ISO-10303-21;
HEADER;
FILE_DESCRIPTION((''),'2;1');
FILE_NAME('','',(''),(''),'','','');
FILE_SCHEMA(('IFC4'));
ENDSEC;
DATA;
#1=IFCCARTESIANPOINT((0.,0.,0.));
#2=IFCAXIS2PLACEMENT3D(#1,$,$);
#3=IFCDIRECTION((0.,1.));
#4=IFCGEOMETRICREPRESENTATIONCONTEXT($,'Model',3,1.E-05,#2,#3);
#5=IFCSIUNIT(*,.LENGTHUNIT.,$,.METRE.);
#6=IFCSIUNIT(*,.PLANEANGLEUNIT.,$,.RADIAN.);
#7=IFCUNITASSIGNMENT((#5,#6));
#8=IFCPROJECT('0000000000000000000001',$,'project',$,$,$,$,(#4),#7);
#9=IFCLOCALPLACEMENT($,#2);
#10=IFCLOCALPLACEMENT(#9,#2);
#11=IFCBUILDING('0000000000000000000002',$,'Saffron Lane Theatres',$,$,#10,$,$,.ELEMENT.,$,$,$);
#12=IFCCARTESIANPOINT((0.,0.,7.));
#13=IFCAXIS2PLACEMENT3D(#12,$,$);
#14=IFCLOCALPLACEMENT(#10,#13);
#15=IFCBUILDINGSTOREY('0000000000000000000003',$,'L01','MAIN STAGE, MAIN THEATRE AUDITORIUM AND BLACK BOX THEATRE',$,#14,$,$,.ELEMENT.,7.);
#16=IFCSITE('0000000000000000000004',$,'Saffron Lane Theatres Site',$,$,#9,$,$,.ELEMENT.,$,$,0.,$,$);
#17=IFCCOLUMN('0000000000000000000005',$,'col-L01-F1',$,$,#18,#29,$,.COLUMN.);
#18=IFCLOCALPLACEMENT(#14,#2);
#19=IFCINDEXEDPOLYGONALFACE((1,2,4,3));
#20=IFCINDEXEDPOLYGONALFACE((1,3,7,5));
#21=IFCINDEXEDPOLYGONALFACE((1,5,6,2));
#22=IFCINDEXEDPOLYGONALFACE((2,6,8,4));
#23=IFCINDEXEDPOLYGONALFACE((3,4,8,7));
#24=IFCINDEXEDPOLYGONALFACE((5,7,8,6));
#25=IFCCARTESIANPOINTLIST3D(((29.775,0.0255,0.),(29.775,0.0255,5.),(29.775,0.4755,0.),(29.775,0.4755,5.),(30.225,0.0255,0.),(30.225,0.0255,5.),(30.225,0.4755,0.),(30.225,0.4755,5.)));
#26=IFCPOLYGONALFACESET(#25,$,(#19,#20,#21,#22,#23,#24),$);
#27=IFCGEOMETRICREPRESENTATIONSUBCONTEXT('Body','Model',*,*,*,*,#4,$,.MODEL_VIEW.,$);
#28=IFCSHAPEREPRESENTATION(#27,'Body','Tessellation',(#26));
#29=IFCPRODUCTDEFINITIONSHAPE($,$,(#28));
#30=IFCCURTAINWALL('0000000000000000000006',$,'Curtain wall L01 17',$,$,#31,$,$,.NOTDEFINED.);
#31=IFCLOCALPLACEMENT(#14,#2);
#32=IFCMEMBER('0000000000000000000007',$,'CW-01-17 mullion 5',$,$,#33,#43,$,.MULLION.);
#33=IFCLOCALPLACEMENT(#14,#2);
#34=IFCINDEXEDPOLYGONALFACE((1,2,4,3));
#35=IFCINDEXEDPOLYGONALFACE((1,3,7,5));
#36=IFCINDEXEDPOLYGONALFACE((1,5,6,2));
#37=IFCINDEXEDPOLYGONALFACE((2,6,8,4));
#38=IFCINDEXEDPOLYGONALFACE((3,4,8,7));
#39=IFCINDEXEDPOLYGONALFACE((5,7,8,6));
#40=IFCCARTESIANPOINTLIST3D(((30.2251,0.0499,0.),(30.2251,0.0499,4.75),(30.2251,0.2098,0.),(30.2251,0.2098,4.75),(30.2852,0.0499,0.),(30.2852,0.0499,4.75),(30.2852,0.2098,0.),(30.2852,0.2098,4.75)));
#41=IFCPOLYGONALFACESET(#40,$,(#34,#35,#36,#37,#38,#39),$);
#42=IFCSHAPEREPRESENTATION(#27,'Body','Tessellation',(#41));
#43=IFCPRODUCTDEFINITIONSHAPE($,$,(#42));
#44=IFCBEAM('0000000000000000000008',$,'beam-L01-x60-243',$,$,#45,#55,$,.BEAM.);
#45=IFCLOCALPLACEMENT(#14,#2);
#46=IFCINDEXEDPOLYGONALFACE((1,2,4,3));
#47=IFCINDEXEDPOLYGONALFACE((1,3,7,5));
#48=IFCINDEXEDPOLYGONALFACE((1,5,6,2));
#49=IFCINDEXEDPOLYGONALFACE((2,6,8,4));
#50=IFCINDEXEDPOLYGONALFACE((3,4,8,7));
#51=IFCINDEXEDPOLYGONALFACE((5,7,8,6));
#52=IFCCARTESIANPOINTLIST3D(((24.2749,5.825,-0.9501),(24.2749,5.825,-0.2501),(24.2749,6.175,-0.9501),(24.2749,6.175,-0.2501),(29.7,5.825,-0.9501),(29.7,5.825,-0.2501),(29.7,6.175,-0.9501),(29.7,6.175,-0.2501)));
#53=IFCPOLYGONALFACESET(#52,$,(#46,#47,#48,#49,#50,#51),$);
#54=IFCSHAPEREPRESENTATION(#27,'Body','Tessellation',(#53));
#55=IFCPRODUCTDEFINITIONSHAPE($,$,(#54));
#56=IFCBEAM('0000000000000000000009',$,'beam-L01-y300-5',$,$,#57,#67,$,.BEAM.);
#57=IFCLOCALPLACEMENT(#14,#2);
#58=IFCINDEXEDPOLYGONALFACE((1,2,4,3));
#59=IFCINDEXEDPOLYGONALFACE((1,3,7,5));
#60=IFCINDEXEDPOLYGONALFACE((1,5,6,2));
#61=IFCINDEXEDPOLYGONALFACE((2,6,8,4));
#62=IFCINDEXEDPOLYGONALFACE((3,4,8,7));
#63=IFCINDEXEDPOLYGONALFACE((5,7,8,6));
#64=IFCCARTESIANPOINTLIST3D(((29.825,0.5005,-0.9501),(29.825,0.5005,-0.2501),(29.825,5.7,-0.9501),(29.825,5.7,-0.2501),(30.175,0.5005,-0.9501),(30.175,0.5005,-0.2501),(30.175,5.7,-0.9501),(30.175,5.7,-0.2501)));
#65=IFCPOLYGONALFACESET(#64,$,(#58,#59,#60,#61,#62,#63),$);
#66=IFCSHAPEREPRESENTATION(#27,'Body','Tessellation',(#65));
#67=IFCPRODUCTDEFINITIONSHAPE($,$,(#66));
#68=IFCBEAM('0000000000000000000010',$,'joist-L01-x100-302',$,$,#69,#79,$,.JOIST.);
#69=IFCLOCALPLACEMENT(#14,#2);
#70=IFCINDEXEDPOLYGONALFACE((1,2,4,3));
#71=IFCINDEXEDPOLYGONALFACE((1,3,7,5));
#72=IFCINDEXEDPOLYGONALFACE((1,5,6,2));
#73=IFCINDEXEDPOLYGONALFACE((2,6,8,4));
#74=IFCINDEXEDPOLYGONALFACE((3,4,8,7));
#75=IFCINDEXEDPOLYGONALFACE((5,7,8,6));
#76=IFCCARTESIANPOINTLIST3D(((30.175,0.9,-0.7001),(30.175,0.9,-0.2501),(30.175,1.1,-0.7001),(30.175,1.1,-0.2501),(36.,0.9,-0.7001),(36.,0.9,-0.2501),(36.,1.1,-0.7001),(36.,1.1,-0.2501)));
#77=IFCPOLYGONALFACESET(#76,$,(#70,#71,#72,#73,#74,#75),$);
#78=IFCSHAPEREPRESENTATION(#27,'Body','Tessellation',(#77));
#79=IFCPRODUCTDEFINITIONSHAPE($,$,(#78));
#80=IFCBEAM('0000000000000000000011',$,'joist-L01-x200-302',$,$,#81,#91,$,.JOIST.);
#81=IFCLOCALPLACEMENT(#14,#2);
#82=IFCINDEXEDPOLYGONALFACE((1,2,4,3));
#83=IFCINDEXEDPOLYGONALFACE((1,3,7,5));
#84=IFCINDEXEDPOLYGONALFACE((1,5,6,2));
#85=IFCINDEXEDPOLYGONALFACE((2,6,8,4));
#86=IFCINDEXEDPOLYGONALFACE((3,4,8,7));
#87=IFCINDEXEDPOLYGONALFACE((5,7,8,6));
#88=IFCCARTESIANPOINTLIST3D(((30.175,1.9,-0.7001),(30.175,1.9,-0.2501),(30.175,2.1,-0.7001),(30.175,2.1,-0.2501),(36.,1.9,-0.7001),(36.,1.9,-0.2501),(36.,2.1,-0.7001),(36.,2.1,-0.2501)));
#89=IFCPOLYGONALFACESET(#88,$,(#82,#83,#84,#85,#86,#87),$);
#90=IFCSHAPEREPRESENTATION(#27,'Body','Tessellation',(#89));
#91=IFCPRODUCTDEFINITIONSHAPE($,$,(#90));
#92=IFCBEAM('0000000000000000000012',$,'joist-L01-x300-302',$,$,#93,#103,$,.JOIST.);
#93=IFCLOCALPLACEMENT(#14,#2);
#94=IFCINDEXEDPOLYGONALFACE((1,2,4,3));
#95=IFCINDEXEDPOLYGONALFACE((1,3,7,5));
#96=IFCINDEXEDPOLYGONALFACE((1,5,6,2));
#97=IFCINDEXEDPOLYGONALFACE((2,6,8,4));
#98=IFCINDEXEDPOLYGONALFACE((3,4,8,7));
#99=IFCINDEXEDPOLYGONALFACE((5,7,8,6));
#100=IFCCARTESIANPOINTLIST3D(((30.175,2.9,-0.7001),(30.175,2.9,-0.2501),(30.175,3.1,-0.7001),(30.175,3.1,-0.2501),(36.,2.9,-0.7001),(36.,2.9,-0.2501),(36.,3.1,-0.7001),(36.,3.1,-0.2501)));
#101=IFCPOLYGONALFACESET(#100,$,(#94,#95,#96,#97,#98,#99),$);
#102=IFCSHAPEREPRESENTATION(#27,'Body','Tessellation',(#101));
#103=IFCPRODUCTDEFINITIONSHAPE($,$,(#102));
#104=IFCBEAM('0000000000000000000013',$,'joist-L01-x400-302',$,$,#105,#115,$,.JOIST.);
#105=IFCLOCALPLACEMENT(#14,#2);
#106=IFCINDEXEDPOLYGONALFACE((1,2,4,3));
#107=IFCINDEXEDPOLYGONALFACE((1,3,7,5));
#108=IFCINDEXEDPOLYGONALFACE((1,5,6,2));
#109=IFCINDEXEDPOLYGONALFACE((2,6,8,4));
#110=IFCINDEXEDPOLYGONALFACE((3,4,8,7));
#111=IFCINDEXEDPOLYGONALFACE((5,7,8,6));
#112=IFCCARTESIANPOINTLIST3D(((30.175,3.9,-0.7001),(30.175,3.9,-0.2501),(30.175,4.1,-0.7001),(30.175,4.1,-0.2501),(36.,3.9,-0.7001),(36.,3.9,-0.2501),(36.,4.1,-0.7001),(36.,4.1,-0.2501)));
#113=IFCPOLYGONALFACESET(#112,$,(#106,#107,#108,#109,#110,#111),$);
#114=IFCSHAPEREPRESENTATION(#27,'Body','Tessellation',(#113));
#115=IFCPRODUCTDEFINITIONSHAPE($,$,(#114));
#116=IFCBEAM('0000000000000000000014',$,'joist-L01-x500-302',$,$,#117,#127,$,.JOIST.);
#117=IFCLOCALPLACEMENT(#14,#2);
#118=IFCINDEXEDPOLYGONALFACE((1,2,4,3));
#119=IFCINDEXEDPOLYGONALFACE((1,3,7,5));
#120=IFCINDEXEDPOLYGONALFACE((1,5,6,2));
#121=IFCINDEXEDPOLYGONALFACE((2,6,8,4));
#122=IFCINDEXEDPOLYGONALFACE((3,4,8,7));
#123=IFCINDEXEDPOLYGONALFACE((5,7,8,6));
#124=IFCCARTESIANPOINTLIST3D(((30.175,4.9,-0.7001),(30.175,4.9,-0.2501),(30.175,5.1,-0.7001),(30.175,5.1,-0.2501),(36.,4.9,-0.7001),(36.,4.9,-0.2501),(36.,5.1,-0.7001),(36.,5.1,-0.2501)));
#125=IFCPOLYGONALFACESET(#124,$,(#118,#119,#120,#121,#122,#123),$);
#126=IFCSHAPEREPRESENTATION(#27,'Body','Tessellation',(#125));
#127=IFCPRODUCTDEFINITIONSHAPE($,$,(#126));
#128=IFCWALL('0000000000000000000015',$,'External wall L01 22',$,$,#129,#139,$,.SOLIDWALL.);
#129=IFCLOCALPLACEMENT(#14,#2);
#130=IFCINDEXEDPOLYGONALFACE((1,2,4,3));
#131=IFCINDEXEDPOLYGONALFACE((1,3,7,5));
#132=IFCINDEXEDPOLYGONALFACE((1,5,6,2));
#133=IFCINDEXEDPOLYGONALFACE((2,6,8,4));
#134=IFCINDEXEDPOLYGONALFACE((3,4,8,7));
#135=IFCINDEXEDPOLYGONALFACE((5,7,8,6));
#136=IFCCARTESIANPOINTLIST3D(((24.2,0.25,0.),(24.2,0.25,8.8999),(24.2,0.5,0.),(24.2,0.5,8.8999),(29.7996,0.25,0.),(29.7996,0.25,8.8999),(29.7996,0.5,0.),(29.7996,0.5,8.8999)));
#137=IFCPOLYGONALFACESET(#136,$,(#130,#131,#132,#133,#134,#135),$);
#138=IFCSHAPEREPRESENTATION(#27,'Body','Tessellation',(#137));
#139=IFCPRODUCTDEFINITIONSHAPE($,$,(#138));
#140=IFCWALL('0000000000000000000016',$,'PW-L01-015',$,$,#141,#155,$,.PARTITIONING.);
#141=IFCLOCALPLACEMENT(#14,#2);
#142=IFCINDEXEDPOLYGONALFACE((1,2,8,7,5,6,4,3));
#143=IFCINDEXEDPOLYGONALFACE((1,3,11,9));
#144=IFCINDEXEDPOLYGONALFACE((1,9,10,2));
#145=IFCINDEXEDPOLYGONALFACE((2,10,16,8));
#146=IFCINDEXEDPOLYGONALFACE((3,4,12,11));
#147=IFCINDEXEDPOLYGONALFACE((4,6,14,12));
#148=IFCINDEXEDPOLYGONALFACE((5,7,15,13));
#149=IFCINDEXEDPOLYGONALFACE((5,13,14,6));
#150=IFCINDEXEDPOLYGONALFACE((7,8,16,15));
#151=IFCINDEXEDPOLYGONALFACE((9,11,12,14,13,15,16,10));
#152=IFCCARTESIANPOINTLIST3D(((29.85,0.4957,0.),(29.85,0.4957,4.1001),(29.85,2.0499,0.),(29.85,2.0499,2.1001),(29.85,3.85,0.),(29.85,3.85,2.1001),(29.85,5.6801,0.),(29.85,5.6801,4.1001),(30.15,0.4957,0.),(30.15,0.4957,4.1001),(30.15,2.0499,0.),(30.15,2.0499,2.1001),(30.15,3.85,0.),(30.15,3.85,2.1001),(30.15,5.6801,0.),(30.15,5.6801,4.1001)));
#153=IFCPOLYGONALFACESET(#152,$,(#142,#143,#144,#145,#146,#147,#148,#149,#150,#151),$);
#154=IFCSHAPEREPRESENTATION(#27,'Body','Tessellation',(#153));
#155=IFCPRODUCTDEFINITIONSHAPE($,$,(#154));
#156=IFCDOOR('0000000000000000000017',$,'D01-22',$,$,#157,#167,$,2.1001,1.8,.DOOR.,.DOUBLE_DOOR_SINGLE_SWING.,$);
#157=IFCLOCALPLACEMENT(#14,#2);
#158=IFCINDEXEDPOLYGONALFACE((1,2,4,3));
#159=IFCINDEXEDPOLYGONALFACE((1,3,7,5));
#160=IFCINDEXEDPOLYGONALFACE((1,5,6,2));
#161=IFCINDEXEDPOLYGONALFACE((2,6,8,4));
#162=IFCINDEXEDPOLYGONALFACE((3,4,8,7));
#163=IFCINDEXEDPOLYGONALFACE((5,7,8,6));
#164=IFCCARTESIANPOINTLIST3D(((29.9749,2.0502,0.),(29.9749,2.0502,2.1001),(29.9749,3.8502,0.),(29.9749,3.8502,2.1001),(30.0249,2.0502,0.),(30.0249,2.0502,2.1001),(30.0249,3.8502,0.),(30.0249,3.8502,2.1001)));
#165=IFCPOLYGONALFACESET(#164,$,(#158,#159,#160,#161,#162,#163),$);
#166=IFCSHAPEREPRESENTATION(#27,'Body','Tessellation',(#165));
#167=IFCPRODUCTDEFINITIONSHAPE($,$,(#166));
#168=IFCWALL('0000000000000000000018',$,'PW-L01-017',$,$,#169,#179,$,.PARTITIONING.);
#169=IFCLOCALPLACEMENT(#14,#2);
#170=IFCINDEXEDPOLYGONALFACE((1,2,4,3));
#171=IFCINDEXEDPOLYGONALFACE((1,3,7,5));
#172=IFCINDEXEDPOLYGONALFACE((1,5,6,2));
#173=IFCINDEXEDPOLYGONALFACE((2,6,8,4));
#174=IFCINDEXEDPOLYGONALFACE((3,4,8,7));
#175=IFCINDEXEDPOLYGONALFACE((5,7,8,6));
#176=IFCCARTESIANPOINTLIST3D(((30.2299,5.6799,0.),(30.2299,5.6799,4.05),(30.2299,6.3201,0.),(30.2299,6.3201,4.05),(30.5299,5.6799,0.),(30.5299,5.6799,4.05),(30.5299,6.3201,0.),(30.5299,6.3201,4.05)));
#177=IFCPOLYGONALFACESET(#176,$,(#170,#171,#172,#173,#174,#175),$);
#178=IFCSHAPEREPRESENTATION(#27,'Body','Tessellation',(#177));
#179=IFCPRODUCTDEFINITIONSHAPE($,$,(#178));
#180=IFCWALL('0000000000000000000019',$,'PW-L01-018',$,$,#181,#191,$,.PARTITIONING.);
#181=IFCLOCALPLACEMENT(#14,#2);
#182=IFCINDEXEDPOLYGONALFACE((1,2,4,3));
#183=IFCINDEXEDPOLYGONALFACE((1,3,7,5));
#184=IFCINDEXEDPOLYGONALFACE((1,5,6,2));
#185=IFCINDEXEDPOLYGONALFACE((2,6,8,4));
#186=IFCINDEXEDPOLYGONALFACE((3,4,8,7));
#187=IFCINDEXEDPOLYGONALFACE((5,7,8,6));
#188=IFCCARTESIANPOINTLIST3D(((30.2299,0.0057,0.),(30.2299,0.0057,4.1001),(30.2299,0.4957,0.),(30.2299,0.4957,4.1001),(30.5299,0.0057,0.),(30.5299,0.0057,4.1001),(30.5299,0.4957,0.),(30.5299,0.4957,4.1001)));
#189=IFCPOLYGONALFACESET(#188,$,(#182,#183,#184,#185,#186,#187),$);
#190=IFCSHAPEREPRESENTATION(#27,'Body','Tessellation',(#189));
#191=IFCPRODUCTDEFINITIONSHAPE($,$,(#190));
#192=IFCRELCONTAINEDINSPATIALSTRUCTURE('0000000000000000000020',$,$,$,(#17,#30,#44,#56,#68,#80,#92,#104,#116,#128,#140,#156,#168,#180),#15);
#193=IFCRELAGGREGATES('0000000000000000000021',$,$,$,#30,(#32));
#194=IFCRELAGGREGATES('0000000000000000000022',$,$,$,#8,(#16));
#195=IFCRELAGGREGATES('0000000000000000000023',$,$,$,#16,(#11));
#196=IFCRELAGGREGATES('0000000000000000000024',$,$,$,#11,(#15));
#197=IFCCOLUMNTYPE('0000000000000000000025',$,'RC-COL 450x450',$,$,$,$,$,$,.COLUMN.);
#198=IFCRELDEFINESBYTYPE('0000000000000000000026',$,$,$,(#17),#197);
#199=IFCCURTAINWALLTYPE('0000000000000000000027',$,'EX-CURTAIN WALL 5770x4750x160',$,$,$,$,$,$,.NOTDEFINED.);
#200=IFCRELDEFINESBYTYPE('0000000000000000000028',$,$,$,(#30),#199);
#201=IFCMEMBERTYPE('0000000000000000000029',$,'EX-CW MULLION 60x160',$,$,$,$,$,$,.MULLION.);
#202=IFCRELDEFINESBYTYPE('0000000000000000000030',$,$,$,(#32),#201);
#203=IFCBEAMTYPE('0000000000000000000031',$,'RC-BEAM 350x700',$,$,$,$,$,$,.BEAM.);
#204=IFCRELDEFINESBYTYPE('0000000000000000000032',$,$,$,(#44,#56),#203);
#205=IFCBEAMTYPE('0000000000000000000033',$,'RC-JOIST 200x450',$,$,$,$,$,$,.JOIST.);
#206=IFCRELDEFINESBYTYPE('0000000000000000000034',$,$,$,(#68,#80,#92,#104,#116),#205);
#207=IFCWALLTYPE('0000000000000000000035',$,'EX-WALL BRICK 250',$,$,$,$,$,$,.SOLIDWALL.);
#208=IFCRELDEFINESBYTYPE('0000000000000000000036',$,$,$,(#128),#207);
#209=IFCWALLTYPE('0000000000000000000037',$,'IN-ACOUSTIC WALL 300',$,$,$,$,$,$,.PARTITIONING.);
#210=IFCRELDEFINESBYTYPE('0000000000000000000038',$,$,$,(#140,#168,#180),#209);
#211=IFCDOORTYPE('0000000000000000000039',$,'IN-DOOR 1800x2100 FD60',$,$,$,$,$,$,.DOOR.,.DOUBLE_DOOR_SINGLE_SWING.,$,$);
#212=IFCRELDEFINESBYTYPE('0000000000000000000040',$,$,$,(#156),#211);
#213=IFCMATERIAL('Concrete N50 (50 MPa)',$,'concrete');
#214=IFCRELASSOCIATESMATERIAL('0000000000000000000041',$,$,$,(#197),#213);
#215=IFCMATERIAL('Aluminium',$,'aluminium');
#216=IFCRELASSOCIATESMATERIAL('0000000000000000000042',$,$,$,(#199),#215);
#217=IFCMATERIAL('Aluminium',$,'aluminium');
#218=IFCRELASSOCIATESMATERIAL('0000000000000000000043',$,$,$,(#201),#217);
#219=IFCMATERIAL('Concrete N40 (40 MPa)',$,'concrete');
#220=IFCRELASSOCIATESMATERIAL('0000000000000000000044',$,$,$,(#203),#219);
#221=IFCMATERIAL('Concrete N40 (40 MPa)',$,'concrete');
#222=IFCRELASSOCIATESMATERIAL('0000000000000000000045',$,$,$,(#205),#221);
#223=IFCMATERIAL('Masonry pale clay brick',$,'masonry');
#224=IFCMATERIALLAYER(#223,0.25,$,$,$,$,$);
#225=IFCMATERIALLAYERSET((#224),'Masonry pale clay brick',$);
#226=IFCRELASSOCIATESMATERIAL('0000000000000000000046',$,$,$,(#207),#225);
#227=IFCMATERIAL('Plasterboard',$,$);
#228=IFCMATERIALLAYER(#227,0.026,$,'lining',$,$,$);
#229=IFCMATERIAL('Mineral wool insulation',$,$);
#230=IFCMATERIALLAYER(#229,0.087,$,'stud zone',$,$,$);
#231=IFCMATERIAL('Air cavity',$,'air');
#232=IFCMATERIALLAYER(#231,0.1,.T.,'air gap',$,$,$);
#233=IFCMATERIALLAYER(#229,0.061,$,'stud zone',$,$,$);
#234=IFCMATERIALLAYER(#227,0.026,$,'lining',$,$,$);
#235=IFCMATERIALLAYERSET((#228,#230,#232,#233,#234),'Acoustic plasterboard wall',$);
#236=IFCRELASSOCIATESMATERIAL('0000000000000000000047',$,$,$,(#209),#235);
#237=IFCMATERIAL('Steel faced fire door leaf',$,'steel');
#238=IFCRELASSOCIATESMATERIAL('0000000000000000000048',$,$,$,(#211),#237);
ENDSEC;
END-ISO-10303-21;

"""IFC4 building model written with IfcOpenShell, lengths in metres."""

from ifc_helpers import new_model, si_unit, direction, frame, frame_2d, origin, origin_2d, place, context, subcontext, project, spatial, rectangle, extrude, material, layer, layer_set, material_profile, profile_set, type_object, element, fill, aggregate, save


model = new_model("IFC4")

# Units and contexts
model_context = context("Model", 3, precision=1e-05, world=origin(), true_north=direction((0.0, 1.0)))
body_context = subcontext(model_context, "Body", "Model", "MODEL_VIEW")
ifc_project = project(units=[si_unit("LENGTHUNIT", "METRE"), si_unit("PLANEANGLEUNIT", "RADIAN")], contexts=[model_context])

# Site, building, storey
site_placement = place(None, origin())
site = spatial("IfcSite", under=ifc_project, at=site_placement, Name="Saffron Lane Theatres Site", CompositionType="ELEMENT", RefElevation=0.0)
building_placement = place(site_placement, origin())
building = spatial("IfcBuilding", under=site, at=building_placement, Name="Saffron Lane Theatres", CompositionType="ELEMENT")
storey_placement = place(building_placement, frame((0.0, 0.0, 7.0)))
storey = spatial("IfcBuildingStorey", under=building, at=storey_placement, Name="L01", Description="MAIN STAGE, MAIN THEATRE AUDITORIUM AND BLACK BOX THEATRE", CompositionType="ELEMENT", Elevation=7.0)

# Column
ifc_material_1 = material(Name="Concrete N50 (50 MPa)", Category="concrete")
ifc_material_profile_1 = material_profile(ifc_material_1, rectangle(XDim=0.45, YDim=0.45, at=origin_2d()))
ifc_profile_set_1 = profile_set([ifc_material_profile_1], Name="Concrete N50 (50 MPa)")
column_type = type_object("IfcColumnType", Name="RC-COL 450x450", PredefinedType="COLUMN", material=ifc_profile_set_1)
column_placement = place(storey_placement, frame((30.0, 0.2505, 0.0), z_axis=(0.0, 0.0, 1.0), x_axis=(1.0, 0.0, 0.0)))
element("IfcColumn", 1, at=column_placement, inside=storey, type_object=column_type, Name="col-L01-F1", PredefinedType="COLUMN", context=body_context, shape_type="SweptSolid", body=[
    extrude(rectangle(XDim=0.45, YDim=0.45, at=origin_2d()), origin(), (0.0, 0.0, 1.0), 5.0),
])

# Curtain wall, member
ifc_material_2 = material(Name="Aluminium", Category="aluminium")
curtain_wall_type = type_object("IfcCurtainWallType", Name="EX-CURTAIN WALL 5770x4750x160", PredefinedType="NOTDEFINED", material=ifc_material_2)
curtain_wall_placement = place(storey_placement, origin())
curtain_wall = element("IfcCurtainWall", 2, at=curtain_wall_placement, inside=storey, type_object=curtain_wall_type, Name="Curtain wall L01 17", PredefinedType="NOTDEFINED")
ifc_material_3 = material(Name="Aluminium", Category="aluminium")
ifc_material_profile_2 = material_profile(ifc_material_3, rectangle(XDim=0.0601, YDim=0.1599, at=origin_2d()))
ifc_profile_set_2 = profile_set([ifc_material_profile_2], Name="Aluminium")
member_type = type_object("IfcMemberType", Name="EX-CW MULLION 60x160", PredefinedType="MULLION", material=ifc_profile_set_2)
member_placement = place(storey_placement, frame((30.2551, 0.1299, 0.0), z_axis=(0.0, 0.0, 1.0), x_axis=(-1.0, 0.0, 0.0)))
member = element("IfcMember", 3, at=member_placement, type_object=member_type, Name="CW-01-17 mullion 5", PredefinedType="MULLION", context=body_context, shape_type="SweptSolid", body=[
    extrude(rectangle(XDim=0.0601, YDim=0.1599, at=origin_2d()), origin(), (0.0, 0.0, 1.0), 4.75),
])
aggregate(curtain_wall, [member])

# Beams
ifc_material_4 = material(Name="Concrete N40 (40 MPa)", Category="concrete")
ifc_material_profile_3 = material_profile(ifc_material_4, rectangle(XDim=0.3501, YDim=0.7, at=origin_2d()))
ifc_profile_set_3 = profile_set([ifc_material_profile_3], Name="Concrete N40 (40 MPa)")
beam_type_1 = type_object("IfcBeamType", Name="RC-BEAM 350x700", PredefinedType="BEAM", material=ifc_profile_set_3)
beam_1_placement = place(storey_placement, frame((24.2749, 6.0, -0.6001), z_axis=(1.0, 0.0, 0.0), x_axis=(0.0, 1.0, 0.0)))
element("IfcBeam", 4, at=beam_1_placement, inside=storey, type_object=beam_type_1, Name="beam-L01-x60-243", PredefinedType="BEAM", context=body_context, shape_type="SweptSolid", body=[
    extrude(rectangle(XDim=0.3501, YDim=0.7, at=origin_2d()), origin(), (0.0, 0.0, 1.0), 5.425),
])
beam_2_placement = place(storey_placement, frame((30.0, 0.5005, -0.6001), z_axis=(0.0, 1.0, 0.0), x_axis=(-1.0, 0.0, 0.0)))
element("IfcBeam", 5, at=beam_2_placement, inside=storey, type_object=beam_type_1, Name="beam-L01-y300-5", PredefinedType="BEAM", context=body_context, shape_type="SweptSolid", body=[
    extrude(rectangle(XDim=0.3501, YDim=0.7, at=origin_2d()), origin(), (0.0, 0.0, 1.0), 5.1995),
])
ifc_material_5 = material(Name="Concrete N40 (40 MPa)", Category="concrete")
ifc_material_profile_4 = material_profile(ifc_material_5, rectangle(XDim=0.2, YDim=0.45, at=origin_2d()))
ifc_profile_set_4 = profile_set([ifc_material_profile_4], Name="Concrete N40 (40 MPa)")
beam_type_2 = type_object("IfcBeamType", Name="RC-JOIST 200x450", PredefinedType="JOIST", material=ifc_profile_set_4)
for number, where, z_axis, x_axis, name in (
    (6, (30.175, 1.0, -0.4751), (1.0, 0.0, 0.0), (0.0, 1.0, 0.0), "joist-L01-x100-302"),
    (7, (30.175, 2.0, -0.4751), (1.0, 0.0, 0.0), (0.0, 1.0, 0.0), "joist-L01-x200-302"),
    (8, (30.175, 3.0, -0.4751), (1.0, 0.0, 0.0), (0.0, 1.0, 0.0), "joist-L01-x300-302"),
    (9, (30.175, 4.0, -0.4751), (1.0, 0.0, 0.0), (0.0, 1.0, 0.0), "joist-L01-x400-302"),
    (10, (30.175, 5.0, -0.4751), (1.0, 0.0, 0.0), (0.0, 1.0, 0.0), "joist-L01-x500-302"),
):
    element("IfcBeam", number, at=place(storey_placement, frame(where, z_axis=z_axis, x_axis=x_axis)), inside=storey, type_object=beam_type_2, Name=name, PredefinedType="JOIST", context=body_context, shape_type="SweptSolid", body=[
        extrude(rectangle(XDim=0.2, YDim=0.45, at=origin_2d()), origin(), (0.0, 0.0, 1.0), 5.825),
    ])

# Wall
ifc_material_6 = material(Name="Masonry pale clay brick", Category="masonry")
ifc_layer_1 = layer(ifc_material_6, 0.25)
ifc_layer_set_1 = layer_set([ifc_layer_1], Name="Masonry pale clay brick")
wall_type_1 = type_object("IfcWallType", Name="EX-WALL BRICK 250", PredefinedType="SOLIDWALL", material=ifc_layer_set_1)
wall_1_placement = place(storey_placement, frame((29.7996, 0.375, 0.0), z_axis=(0.0, 0.0, 1.0), x_axis=(-1.0, 0.0, 0.0)))
element("IfcWall", 11, at=wall_1_placement, inside=storey, type_object=wall_type_1, Name="External wall L01 22", PredefinedType="SOLIDWALL", context=body_context, shape_type="SweptSolid", body=[
    extrude(rectangle(XDim=5.5996, YDim=0.25, at=frame_2d((2.7998, 0.0))), origin(), (0.0, 0.0, 1.0), 8.8999),
])

# Wall, opening, door
ifc_material_7 = material(Name="Plasterboard")
ifc_layer_2 = layer(ifc_material_7, 0.026, Name="lining")
ifc_material_8 = material(Name="Mineral wool insulation")
ifc_layer_3 = layer(ifc_material_8, 0.087, Name="stud zone")
ifc_material_9 = material(Name="Air cavity", Category="air")
ifc_layer_4 = layer(ifc_material_9, 0.1, ventilated=True, Name="air gap")
ifc_layer_5 = layer(ifc_material_8, 0.061, Name="stud zone")
ifc_layer_6 = layer(ifc_material_7, 0.026, Name="lining")
ifc_layer_set_2 = layer_set([ifc_layer_2, ifc_layer_3, ifc_layer_4, ifc_layer_5, ifc_layer_6], Name="Acoustic plasterboard wall")
wall_type_2 = type_object("IfcWallType", Name="IN-ACOUSTIC WALL 300", PredefinedType="PARTITIONING", material=ifc_layer_set_2)
wall_2_placement = place(storey_placement, frame((30.0, 0.4956, 0.0), z_axis=(0.0, 0.0, 1.0), x_axis=(0.0, 1.0, 0.0)))
wall_2 = element("IfcWall", 12, at=wall_2_placement, inside=storey, type_object=wall_type_2, Name="PW-L01-015", PredefinedType="PARTITIONING", context=body_context, shape_type="SweptSolid", body=[
    extrude(rectangle(XDim=5.1843, YDim=0.3, at=frame_2d((2.5923, 0.0))), origin(), (0.0, 0.0, 1.0), 4.1001),
])
opening_placement = place(wall_2_placement, frame((1.5544, 0.0, 0.0)))
opening = element("IfcOpeningElement", 13, at=opening_placement, cuts=wall_2, PredefinedType="OPENING", context=body_context, shape_type="SweptSolid", body=[
    extrude(rectangle(XDim=1.8, YDim=2.1001, at=frame_2d((0.8999, 1.05))), frame((0.0, 0.1602, 0.0), z_axis=(0.0, -1.0, 0.0), x_axis=(1.0, 0.0, 0.0)), (0.0, 0.0, 1.0), 0.3201),
])
ifc_material_10 = material(Name="Steel faced fire door leaf", Category="steel")
door_type = type_object("IfcDoorType", Name="IN-DOOR 1800x2100 FD60", OperationType="DOUBLE_DOOR_SINGLE_SWING", PredefinedType="DOOR", material=ifc_material_10)
door_placement = place(opening_placement, frame((1.8, 0.0, 0.0), z_axis=(0.0, 0.0, 1.0), x_axis=(-1.0, 0.0, 0.0)))
door = element("IfcDoor", 14, at=door_placement, inside=storey, type_object=door_type, Name="D01-22", OperationType="DOUBLE_DOOR_SINGLE_SWING", OverallHeight=2.1001, OverallWidth=1.8, PredefinedType="DOOR", context=body_context, shape_type="SweptSolid", body=[
    extrude(rectangle(XDim=1.8, YDim=2.1001, at=frame_2d((0.8999, 1.05))), frame((0.0, 0.0249, 0.0), z_axis=(0.0, -1.0, 0.0), x_axis=(1.0, 0.0, 0.0)), (0.0, 0.0, 1.0), 0.05),
])
fill(opening, door)

# Walls
wall_3_placement = place(storey_placement, frame((30.3799, 5.6799, 0.0), z_axis=(0.0, 0.0, 1.0), x_axis=(0.0, 1.0, 0.0)))
element("IfcWall", 15, at=wall_3_placement, inside=storey, type_object=wall_type_2, Name="PW-L01-017", PredefinedType="PARTITIONING", context=body_context, shape_type="SweptSolid", body=[
    extrude(rectangle(XDim=0.6401, YDim=0.3, at=frame_2d((0.3201, 0.0))), origin(), (0.0, 0.0, 1.0), 4.05),
])
wall_4_placement = place(storey_placement, frame((30.3799, 0.0056, 0.0), z_axis=(0.0, 0.0, 1.0), x_axis=(0.0, 1.0, 0.0)))
element("IfcWall", 16, at=wall_4_placement, inside=storey, type_object=wall_type_2, Name="PW-L01-018", PredefinedType="PARTITIONING", context=body_context, shape_type="SweptSolid", body=[
    extrude(rectangle(XDim=0.49, YDim=0.3, at=frame_2d((0.2451, 0.0))), origin(), (0.0, 0.0, 1.0), 4.1001),
])

save(model, "model.ifc")
